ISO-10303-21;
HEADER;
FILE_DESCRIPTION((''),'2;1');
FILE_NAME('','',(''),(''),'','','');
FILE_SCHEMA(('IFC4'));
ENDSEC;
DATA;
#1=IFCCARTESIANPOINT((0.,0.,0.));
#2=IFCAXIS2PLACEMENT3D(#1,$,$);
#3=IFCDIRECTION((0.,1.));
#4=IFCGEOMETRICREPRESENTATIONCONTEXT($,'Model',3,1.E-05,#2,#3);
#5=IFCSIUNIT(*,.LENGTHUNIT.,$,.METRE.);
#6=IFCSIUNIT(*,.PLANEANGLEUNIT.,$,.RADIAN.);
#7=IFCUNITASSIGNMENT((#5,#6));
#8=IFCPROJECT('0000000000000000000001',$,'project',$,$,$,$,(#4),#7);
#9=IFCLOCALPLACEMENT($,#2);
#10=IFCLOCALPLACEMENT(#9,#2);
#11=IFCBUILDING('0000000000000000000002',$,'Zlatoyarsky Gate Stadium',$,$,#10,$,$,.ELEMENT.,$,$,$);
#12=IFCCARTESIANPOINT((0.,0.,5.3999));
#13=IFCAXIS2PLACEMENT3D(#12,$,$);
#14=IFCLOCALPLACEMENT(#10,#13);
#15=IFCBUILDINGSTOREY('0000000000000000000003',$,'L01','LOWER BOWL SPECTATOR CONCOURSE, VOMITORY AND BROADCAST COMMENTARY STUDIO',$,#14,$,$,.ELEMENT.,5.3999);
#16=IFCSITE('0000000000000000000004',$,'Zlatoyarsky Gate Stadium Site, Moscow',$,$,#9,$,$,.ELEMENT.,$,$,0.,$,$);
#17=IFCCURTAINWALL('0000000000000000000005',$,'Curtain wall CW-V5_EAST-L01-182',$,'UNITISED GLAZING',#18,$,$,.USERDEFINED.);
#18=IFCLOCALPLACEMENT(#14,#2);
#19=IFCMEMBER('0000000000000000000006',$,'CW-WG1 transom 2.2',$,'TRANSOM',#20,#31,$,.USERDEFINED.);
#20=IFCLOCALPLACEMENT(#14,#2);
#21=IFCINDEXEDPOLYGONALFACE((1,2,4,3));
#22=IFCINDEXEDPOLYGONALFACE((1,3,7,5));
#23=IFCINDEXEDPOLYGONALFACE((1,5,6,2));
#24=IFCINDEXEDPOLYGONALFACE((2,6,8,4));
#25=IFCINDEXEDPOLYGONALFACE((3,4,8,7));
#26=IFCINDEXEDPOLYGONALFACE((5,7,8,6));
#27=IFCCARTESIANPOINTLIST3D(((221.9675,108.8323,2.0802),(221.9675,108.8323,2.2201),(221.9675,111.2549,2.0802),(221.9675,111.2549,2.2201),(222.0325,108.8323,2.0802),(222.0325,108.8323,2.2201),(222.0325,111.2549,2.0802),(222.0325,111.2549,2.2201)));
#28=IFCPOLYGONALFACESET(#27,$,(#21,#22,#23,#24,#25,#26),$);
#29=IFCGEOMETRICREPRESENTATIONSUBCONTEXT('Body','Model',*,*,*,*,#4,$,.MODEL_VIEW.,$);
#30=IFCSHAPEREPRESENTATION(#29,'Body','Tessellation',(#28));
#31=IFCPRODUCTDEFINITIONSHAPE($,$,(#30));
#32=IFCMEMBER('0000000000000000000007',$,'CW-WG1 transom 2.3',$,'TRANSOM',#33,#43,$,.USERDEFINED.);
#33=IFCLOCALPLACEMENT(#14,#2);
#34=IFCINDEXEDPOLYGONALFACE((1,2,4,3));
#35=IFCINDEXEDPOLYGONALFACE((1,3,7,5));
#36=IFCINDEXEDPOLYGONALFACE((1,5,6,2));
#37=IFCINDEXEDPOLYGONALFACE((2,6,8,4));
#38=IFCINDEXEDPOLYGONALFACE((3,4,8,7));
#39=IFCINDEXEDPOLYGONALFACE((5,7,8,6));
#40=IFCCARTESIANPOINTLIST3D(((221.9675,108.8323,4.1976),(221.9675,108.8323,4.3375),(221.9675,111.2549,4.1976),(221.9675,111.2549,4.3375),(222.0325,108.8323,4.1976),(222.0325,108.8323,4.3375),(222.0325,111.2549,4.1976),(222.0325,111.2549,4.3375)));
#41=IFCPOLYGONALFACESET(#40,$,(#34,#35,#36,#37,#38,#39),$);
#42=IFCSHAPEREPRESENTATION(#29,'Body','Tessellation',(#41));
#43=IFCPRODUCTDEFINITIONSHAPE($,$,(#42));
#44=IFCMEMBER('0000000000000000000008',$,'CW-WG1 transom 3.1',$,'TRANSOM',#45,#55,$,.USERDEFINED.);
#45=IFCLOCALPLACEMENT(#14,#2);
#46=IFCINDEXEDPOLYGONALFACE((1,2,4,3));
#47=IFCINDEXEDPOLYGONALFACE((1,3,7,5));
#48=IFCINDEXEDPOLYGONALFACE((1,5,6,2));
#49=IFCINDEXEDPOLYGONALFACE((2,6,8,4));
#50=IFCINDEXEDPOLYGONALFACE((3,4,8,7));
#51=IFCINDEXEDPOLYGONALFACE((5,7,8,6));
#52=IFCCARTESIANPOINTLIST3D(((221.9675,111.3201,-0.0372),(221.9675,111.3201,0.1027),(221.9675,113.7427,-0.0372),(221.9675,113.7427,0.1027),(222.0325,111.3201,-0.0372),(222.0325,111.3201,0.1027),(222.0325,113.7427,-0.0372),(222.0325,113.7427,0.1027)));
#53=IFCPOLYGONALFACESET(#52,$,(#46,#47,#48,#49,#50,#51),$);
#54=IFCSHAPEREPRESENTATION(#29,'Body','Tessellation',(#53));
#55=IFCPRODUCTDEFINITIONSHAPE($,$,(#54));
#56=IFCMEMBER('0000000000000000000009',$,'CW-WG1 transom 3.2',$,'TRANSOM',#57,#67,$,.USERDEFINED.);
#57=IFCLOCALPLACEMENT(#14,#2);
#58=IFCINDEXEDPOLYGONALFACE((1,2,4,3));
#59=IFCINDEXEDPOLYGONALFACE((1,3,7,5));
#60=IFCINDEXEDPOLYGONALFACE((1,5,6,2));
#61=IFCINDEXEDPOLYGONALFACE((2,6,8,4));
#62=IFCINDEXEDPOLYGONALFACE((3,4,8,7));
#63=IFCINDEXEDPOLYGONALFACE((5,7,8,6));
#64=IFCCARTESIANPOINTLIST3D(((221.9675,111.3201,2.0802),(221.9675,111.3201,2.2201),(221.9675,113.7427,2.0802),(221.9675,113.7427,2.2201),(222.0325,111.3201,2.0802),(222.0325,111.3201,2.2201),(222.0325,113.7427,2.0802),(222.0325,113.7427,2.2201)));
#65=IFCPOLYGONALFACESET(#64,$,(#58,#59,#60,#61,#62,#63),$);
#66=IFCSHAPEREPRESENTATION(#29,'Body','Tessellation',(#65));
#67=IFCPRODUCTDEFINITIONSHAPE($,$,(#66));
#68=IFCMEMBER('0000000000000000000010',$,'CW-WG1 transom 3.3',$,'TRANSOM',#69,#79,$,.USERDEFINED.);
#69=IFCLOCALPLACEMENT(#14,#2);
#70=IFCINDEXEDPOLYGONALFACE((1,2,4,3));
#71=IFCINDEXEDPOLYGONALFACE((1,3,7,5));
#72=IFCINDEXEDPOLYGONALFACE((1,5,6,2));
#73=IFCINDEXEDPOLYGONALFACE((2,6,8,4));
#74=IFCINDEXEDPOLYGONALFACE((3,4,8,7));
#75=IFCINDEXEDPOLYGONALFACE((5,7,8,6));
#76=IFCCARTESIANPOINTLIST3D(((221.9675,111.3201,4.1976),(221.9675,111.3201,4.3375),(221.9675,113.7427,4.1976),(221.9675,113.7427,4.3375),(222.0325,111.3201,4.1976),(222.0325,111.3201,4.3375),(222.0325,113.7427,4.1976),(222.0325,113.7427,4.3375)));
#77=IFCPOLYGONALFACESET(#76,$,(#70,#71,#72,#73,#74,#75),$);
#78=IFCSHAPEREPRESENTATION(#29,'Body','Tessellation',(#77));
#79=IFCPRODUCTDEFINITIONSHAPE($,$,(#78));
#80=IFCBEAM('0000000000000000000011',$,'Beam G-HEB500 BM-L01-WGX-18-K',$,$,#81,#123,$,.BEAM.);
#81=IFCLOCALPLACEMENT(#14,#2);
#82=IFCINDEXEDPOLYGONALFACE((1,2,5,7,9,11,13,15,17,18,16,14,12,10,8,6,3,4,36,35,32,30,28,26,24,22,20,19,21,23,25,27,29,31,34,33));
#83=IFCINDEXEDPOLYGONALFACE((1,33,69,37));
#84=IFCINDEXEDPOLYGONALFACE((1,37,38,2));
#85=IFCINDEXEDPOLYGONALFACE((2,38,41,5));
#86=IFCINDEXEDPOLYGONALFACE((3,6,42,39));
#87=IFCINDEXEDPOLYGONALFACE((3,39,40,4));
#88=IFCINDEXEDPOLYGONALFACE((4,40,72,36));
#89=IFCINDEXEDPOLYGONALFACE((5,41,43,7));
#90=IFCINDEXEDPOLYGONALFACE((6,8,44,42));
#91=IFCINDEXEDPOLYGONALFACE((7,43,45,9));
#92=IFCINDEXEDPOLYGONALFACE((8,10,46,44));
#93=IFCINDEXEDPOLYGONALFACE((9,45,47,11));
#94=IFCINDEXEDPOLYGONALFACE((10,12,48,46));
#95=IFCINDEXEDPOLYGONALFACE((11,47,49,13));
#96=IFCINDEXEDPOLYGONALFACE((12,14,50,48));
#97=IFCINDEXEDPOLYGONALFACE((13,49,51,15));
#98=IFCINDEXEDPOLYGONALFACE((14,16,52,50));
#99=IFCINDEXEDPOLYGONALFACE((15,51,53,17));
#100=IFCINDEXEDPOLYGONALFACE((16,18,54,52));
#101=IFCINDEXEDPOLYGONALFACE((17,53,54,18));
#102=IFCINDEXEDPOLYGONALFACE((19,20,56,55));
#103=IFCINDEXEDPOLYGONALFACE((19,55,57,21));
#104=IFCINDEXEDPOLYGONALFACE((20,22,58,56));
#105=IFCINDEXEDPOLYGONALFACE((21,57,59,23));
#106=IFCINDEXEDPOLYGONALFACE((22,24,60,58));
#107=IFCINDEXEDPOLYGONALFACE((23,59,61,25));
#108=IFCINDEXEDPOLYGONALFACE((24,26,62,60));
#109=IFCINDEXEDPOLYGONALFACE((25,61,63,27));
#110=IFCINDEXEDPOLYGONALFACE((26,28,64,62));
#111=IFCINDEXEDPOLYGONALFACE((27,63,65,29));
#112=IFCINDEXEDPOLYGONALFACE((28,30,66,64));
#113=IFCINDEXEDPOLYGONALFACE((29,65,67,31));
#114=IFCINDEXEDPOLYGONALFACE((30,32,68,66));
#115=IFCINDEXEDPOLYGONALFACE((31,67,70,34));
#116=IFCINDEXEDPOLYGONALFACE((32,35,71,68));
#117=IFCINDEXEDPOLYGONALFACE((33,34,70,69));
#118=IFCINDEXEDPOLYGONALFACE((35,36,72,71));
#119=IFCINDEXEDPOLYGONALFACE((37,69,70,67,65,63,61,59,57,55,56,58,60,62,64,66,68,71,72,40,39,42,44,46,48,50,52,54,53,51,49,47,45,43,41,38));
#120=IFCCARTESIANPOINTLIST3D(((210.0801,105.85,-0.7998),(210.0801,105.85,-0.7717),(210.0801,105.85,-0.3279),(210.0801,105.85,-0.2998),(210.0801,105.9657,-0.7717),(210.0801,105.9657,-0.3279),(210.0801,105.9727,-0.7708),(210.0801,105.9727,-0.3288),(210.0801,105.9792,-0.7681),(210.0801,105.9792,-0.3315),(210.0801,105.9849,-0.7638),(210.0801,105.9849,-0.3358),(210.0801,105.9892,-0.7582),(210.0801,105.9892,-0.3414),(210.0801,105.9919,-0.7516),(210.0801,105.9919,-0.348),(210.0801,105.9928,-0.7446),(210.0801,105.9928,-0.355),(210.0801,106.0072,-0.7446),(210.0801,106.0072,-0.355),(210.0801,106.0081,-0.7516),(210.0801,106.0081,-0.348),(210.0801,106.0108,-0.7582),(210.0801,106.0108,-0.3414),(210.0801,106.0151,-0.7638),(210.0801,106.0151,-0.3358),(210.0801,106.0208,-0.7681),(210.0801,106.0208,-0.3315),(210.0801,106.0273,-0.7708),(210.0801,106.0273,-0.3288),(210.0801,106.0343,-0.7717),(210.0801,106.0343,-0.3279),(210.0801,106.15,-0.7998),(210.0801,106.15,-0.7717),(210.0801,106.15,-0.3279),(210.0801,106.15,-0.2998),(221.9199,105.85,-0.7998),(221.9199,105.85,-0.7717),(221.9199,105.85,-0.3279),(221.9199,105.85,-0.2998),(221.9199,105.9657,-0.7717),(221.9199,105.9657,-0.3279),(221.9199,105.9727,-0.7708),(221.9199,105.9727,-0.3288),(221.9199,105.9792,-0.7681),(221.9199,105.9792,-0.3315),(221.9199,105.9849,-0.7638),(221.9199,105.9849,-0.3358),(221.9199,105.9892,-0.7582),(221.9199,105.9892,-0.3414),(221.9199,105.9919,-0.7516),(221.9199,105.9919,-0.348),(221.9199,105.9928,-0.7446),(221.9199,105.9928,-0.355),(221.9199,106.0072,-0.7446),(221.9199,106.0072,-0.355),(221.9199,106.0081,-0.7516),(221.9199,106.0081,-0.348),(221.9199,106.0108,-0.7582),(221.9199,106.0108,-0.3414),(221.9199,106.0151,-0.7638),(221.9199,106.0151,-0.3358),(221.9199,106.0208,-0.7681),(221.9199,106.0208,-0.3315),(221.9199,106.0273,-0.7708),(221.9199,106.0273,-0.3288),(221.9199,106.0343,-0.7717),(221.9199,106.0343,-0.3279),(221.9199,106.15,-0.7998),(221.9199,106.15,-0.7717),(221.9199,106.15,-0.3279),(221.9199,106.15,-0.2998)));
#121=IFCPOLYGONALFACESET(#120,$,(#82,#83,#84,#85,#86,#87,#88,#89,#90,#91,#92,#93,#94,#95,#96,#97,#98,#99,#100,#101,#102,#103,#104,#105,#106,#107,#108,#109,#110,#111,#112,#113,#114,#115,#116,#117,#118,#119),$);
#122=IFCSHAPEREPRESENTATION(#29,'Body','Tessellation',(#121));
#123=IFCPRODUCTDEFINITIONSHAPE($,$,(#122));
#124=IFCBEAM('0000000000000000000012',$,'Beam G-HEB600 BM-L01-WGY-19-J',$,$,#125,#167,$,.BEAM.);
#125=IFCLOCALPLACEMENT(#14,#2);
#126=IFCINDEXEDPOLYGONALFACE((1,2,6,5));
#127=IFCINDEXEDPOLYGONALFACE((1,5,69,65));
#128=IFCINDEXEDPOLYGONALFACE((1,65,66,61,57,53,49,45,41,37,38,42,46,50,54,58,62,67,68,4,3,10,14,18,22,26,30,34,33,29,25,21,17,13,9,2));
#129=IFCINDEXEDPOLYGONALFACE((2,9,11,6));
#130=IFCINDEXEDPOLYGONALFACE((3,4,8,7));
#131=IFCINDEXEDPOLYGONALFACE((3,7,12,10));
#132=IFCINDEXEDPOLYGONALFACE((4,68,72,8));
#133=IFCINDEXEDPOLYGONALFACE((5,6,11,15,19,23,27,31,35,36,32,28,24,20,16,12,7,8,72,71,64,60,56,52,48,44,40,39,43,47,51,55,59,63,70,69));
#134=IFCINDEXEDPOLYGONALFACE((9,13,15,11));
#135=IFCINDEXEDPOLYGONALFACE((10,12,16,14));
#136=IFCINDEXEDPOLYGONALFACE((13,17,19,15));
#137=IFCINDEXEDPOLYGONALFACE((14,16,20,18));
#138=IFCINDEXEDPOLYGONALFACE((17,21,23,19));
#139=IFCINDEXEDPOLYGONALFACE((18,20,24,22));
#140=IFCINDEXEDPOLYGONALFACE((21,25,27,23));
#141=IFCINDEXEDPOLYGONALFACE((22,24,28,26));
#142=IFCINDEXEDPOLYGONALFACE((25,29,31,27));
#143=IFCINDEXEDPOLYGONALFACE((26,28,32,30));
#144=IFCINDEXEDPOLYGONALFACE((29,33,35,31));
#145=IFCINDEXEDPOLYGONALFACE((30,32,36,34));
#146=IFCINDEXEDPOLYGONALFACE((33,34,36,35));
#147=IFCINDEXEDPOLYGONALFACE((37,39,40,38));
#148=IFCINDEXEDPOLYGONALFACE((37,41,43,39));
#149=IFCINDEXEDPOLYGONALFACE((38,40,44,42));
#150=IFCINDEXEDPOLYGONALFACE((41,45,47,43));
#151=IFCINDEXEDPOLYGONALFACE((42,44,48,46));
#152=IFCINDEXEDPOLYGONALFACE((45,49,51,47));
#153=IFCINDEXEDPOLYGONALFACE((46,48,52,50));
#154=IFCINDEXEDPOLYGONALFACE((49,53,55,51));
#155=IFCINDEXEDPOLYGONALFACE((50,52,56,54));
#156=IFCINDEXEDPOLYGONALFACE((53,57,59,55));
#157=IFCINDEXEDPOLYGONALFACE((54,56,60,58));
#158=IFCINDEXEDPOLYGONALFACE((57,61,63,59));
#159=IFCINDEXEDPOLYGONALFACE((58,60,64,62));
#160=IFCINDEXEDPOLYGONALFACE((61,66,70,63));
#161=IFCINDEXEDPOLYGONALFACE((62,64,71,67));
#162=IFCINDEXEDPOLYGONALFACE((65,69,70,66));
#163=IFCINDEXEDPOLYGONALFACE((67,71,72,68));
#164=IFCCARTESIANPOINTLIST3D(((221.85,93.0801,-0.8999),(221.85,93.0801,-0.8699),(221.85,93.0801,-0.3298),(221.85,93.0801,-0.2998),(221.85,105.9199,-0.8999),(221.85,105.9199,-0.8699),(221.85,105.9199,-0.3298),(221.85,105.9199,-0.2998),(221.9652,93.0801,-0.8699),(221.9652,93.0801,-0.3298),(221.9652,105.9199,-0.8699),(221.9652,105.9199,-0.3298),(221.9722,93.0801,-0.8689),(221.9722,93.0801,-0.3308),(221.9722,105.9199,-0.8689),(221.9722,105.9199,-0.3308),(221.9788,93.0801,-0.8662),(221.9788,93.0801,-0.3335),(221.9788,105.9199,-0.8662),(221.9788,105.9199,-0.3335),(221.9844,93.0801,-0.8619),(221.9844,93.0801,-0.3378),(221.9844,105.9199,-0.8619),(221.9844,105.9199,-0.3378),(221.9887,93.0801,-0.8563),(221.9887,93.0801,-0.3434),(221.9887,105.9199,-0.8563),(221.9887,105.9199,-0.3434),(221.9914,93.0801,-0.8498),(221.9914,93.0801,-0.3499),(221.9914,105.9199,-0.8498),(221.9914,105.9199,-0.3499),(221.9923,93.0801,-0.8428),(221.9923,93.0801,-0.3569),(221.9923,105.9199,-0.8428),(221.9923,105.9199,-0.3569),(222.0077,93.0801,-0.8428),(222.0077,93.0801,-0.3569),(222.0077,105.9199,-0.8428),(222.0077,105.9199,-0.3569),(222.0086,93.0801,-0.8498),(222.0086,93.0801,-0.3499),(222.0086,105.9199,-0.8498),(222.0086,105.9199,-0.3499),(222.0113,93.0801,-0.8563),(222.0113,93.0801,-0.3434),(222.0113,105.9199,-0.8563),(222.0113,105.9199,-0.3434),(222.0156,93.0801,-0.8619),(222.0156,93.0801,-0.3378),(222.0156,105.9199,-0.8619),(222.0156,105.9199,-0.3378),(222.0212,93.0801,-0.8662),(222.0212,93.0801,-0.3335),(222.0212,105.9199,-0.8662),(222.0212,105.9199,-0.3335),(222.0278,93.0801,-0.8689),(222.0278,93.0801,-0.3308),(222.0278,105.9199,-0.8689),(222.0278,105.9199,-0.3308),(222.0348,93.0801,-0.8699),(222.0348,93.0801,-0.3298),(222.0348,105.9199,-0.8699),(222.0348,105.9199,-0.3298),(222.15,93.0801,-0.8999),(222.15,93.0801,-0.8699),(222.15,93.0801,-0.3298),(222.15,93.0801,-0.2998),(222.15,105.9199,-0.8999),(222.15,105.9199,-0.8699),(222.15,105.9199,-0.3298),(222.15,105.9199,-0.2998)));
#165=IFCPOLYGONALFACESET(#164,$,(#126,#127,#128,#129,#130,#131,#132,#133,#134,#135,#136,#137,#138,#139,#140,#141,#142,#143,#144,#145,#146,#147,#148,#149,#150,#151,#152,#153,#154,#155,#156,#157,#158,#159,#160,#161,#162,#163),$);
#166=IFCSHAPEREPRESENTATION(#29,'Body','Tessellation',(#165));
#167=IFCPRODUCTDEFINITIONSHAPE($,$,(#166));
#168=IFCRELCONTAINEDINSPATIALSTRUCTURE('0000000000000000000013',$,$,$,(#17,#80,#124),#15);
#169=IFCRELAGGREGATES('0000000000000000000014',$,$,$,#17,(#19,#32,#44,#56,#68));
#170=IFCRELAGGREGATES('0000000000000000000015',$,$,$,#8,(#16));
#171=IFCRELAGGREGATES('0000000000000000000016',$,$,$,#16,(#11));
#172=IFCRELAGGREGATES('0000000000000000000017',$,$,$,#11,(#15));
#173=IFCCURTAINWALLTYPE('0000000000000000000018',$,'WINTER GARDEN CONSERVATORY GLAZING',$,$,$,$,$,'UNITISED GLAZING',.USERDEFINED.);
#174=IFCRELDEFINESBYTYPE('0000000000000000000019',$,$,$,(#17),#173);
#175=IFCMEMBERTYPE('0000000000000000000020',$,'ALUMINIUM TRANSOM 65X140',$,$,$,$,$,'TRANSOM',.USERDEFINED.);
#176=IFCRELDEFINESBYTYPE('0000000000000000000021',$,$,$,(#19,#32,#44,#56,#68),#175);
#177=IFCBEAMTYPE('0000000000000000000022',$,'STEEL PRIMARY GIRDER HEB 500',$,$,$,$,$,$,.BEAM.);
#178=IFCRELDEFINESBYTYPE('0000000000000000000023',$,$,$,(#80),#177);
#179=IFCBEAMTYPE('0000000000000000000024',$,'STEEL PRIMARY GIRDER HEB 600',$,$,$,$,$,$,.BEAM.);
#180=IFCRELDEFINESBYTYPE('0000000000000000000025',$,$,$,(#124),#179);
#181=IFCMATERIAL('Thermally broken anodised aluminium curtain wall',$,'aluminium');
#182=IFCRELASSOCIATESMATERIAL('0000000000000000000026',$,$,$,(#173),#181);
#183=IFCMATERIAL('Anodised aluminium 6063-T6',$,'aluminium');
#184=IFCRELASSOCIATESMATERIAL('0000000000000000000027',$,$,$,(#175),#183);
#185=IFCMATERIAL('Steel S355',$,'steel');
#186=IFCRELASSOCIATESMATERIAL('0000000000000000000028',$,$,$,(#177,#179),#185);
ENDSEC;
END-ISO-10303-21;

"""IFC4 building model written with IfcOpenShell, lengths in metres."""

from ifc_helpers import new_model, si_unit, direction, frame, origin, origin_2d, place, context, subcontext, project, spatial, rectangle, i_section, extrude, material, material_profile, profile_set, type_object, element, aggregate, save


model = new_model("IFC4")

# Units and contexts
model_context = context("Model", 3, precision=1e-05, world=origin(), true_north=direction((0.0, 1.0)))
body_context = subcontext(model_context, "Body", "Model", "MODEL_VIEW")
ifc_project = project(units=[si_unit("LENGTHUNIT", "METRE"), si_unit("PLANEANGLEUNIT", "RADIAN")], contexts=[model_context])

# Site, building, storey
site_placement = place(None, origin())
site = spatial("IfcSite", under=ifc_project, at=site_placement, Name="Zlatoyarsky Gate Stadium Site, Moscow", CompositionType="ELEMENT", RefElevation=0.0)
building_placement = place(site_placement, origin())
building = spatial("IfcBuilding", under=site, at=building_placement, Name="Zlatoyarsky Gate Stadium", CompositionType="ELEMENT")
storey_placement = place(building_placement, frame((0.0, 0.0, 5.3999)))
storey = spatial("IfcBuildingStorey", under=building, at=storey_placement, Name="L01", Description="LOWER BOWL SPECTATOR CONCOURSE, VOMITORY AND BROADCAST COMMENTARY STUDIO", CompositionType="ELEMENT", Elevation=5.3999)

# Shared definitions
ifc_material_1 = material(Name="Steel S355", Category="steel")

# Shared definitions
ifc_material_2 = material(Name="Thermally broken anodised aluminium curtain wall", Category="aluminium")
curtain_wall_type = type_object("IfcCurtainWallType", Name="WINTER GARDEN CONSERVATORY GLAZING", ElementType="UNITISED GLAZING", PredefinedType="USERDEFINED", material=ifc_material_2)
ifc_material_3 = material(Name="Anodised aluminium 6063-T6", Category="aluminium")

# Curtain wall, members
curtain_wall_1_placement = place(storey_placement, origin())
curtain_wall_1 = element("IfcCurtainWall", 1, at=curtain_wall_1_placement, inside=storey, type_object=curtain_wall_type, Name="Curtain wall CW-V5_EAST-L01-182", ObjectType="UNITISED GLAZING", PredefinedType="USERDEFINED")
ifc_material_profile_1 = material_profile(ifc_material_3, rectangle(XDim=0.0649, YDim=0.1399, at=origin_2d()), Name="ALU 65X140")
ifc_profile_set_1 = profile_set([ifc_material_profile_1], Name="Anodised aluminium 6063-T6")
member_type_1 = type_object("IfcMemberType", Name="ALUMINIUM TRANSOM 65X140", ElementType="TRANSOM", PredefinedType="USERDEFINED", material=ifc_profile_set_1)
member_1_placement = place(storey_placement, frame((222.0, 108.8323, 2.1501), z_axis=(0.0, 1.0, 0.0), x_axis=(-1.0, 0.0, 0.0)))
member_1 = element("IfcMember", 2, at=member_1_placement, type_object=member_type_1, Name="CW-WG1 transom 2.2", ObjectType="TRANSOM", PredefinedType="USERDEFINED", context=body_context, shape_type="SweptSolid", body=[
    extrude(rectangle(XDim=0.0649, YDim=0.1399, at=origin_2d()), origin(), (0.0, 0.0, 1.0), 2.4226),
])
member_2_placement = place(storey_placement, frame((222.0, 108.8323, 4.2676), z_axis=(0.0, 1.0, 0.0), x_axis=(-1.0, 0.0, 0.0)))
member_2 = element("IfcMember", 3, at=member_2_placement, type_object=member_type_1, Name="CW-WG1 transom 2.3", ObjectType="TRANSOM", PredefinedType="USERDEFINED", context=body_context, shape_type="SweptSolid", body=[
    extrude(rectangle(XDim=0.0649, YDim=0.1399, at=origin_2d()), origin(), (0.0, 0.0, 1.0), 2.4226),
])
member_3_placement = place(storey_placement, frame((222.0, 111.3201, 0.0327), z_axis=(0.0, 1.0, 0.0), x_axis=(-1.0, 0.0, 0.0)))
member_3 = element("IfcMember", 4, at=member_3_placement, type_object=member_type_1, Name="CW-WG1 transom 3.1", ObjectType="TRANSOM", PredefinedType="USERDEFINED", context=body_context, shape_type="SweptSolid", body=[
    extrude(rectangle(XDim=0.0649, YDim=0.1399, at=origin_2d()), origin(), (0.0, 0.0, 1.0), 2.4226),
])
member_4_placement = place(storey_placement, frame((222.0, 111.3201, 2.1501), z_axis=(0.0, 1.0, 0.0), x_axis=(-1.0, 0.0, 0.0)))
member_4 = element("IfcMember", 5, at=member_4_placement, type_object=member_type_1, Name="CW-WG1 transom 3.2", ObjectType="TRANSOM", PredefinedType="USERDEFINED", context=body_context, shape_type="SweptSolid", body=[
    extrude(rectangle(XDim=0.0649, YDim=0.1399, at=origin_2d()), origin(), (0.0, 0.0, 1.0), 2.4226),
])
member_5_placement = place(storey_placement, frame((222.0, 111.3201, 4.2676), z_axis=(0.0, 1.0, 0.0), x_axis=(-1.0, 0.0, 0.0)))
member_5 = element("IfcMember", 6, at=member_5_placement, type_object=member_type_1, Name="CW-WG1 transom 3.3", ObjectType="TRANSOM", PredefinedType="USERDEFINED", context=body_context, shape_type="SweptSolid", body=[
    extrude(rectangle(XDim=0.0649, YDim=0.1399, at=origin_2d()), origin(), (0.0, 0.0, 1.0), 2.4226),
])

# Beams
ifc_material_profile_2 = material_profile(ifc_material_1, i_section(OverallWidth=0.3, OverallDepth=0.5, WebThickness=0.0144, FlangeThickness=0.0281, FilletRadius=0.0271, at=origin_2d()), Name="HEB 500")
ifc_profile_set_2 = profile_set([ifc_material_profile_2], Name="Steel S355")
beam_type_1 = type_object("IfcBeamType", Name="STEEL PRIMARY GIRDER HEB 500", PredefinedType="BEAM", material=ifc_profile_set_2)
beam_1_placement = place(storey_placement, frame((210.0801, 106.0, -0.5498), z_axis=(1.0, 0.0, 0.0), x_axis=(0.0, 1.0, 0.0)))
element("IfcBeam", 7, at=beam_1_placement, inside=storey, type_object=beam_type_1, Name="Beam G-HEB500 BM-L01-WGX-18-K", PredefinedType="BEAM", context=body_context, shape_type="SweptSolid", body=[
    extrude(i_section(OverallWidth=0.3, OverallDepth=0.5, WebThickness=0.0144, FlangeThickness=0.0281, FilletRadius=0.0271, at=origin_2d()), origin(), (0.0, 0.0, 1.0), 11.8398),
])
ifc_material_profile_3 = material_profile(ifc_material_1, i_section(OverallWidth=0.3, OverallDepth=0.6001, WebThickness=0.0154, FlangeThickness=0.03, FilletRadius=0.0271, at=origin_2d()), Name="HEB 600")
ifc_profile_set_3 = profile_set([ifc_material_profile_3], Name="Steel S355")
beam_type_2 = type_object("IfcBeamType", Name="STEEL PRIMARY GIRDER HEB 600", PredefinedType="BEAM", material=ifc_profile_set_3)
beam_2_placement = place(storey_placement, frame((222.0, 93.0801, -0.5999), z_axis=(0.0, 1.0, 0.0), x_axis=(-1.0, 0.0, 0.0)))
element("IfcBeam", 8, at=beam_2_placement, inside=storey, type_object=beam_type_2, Name="Beam G-HEB600 BM-L01-WGY-19-J", PredefinedType="BEAM", context=body_context, shape_type="SweptSolid", body=[
    extrude(i_section(OverallWidth=0.3, OverallDepth=0.6001, WebThickness=0.0154, FlangeThickness=0.03, FilletRadius=0.0271, at=origin_2d()), origin(), (0.0, 0.0, 1.0), 12.8398),
])

aggregate(curtain_wall_1, [member_1, member_2, member_3, member_4, member_5])

save(model, "model.ifc")
